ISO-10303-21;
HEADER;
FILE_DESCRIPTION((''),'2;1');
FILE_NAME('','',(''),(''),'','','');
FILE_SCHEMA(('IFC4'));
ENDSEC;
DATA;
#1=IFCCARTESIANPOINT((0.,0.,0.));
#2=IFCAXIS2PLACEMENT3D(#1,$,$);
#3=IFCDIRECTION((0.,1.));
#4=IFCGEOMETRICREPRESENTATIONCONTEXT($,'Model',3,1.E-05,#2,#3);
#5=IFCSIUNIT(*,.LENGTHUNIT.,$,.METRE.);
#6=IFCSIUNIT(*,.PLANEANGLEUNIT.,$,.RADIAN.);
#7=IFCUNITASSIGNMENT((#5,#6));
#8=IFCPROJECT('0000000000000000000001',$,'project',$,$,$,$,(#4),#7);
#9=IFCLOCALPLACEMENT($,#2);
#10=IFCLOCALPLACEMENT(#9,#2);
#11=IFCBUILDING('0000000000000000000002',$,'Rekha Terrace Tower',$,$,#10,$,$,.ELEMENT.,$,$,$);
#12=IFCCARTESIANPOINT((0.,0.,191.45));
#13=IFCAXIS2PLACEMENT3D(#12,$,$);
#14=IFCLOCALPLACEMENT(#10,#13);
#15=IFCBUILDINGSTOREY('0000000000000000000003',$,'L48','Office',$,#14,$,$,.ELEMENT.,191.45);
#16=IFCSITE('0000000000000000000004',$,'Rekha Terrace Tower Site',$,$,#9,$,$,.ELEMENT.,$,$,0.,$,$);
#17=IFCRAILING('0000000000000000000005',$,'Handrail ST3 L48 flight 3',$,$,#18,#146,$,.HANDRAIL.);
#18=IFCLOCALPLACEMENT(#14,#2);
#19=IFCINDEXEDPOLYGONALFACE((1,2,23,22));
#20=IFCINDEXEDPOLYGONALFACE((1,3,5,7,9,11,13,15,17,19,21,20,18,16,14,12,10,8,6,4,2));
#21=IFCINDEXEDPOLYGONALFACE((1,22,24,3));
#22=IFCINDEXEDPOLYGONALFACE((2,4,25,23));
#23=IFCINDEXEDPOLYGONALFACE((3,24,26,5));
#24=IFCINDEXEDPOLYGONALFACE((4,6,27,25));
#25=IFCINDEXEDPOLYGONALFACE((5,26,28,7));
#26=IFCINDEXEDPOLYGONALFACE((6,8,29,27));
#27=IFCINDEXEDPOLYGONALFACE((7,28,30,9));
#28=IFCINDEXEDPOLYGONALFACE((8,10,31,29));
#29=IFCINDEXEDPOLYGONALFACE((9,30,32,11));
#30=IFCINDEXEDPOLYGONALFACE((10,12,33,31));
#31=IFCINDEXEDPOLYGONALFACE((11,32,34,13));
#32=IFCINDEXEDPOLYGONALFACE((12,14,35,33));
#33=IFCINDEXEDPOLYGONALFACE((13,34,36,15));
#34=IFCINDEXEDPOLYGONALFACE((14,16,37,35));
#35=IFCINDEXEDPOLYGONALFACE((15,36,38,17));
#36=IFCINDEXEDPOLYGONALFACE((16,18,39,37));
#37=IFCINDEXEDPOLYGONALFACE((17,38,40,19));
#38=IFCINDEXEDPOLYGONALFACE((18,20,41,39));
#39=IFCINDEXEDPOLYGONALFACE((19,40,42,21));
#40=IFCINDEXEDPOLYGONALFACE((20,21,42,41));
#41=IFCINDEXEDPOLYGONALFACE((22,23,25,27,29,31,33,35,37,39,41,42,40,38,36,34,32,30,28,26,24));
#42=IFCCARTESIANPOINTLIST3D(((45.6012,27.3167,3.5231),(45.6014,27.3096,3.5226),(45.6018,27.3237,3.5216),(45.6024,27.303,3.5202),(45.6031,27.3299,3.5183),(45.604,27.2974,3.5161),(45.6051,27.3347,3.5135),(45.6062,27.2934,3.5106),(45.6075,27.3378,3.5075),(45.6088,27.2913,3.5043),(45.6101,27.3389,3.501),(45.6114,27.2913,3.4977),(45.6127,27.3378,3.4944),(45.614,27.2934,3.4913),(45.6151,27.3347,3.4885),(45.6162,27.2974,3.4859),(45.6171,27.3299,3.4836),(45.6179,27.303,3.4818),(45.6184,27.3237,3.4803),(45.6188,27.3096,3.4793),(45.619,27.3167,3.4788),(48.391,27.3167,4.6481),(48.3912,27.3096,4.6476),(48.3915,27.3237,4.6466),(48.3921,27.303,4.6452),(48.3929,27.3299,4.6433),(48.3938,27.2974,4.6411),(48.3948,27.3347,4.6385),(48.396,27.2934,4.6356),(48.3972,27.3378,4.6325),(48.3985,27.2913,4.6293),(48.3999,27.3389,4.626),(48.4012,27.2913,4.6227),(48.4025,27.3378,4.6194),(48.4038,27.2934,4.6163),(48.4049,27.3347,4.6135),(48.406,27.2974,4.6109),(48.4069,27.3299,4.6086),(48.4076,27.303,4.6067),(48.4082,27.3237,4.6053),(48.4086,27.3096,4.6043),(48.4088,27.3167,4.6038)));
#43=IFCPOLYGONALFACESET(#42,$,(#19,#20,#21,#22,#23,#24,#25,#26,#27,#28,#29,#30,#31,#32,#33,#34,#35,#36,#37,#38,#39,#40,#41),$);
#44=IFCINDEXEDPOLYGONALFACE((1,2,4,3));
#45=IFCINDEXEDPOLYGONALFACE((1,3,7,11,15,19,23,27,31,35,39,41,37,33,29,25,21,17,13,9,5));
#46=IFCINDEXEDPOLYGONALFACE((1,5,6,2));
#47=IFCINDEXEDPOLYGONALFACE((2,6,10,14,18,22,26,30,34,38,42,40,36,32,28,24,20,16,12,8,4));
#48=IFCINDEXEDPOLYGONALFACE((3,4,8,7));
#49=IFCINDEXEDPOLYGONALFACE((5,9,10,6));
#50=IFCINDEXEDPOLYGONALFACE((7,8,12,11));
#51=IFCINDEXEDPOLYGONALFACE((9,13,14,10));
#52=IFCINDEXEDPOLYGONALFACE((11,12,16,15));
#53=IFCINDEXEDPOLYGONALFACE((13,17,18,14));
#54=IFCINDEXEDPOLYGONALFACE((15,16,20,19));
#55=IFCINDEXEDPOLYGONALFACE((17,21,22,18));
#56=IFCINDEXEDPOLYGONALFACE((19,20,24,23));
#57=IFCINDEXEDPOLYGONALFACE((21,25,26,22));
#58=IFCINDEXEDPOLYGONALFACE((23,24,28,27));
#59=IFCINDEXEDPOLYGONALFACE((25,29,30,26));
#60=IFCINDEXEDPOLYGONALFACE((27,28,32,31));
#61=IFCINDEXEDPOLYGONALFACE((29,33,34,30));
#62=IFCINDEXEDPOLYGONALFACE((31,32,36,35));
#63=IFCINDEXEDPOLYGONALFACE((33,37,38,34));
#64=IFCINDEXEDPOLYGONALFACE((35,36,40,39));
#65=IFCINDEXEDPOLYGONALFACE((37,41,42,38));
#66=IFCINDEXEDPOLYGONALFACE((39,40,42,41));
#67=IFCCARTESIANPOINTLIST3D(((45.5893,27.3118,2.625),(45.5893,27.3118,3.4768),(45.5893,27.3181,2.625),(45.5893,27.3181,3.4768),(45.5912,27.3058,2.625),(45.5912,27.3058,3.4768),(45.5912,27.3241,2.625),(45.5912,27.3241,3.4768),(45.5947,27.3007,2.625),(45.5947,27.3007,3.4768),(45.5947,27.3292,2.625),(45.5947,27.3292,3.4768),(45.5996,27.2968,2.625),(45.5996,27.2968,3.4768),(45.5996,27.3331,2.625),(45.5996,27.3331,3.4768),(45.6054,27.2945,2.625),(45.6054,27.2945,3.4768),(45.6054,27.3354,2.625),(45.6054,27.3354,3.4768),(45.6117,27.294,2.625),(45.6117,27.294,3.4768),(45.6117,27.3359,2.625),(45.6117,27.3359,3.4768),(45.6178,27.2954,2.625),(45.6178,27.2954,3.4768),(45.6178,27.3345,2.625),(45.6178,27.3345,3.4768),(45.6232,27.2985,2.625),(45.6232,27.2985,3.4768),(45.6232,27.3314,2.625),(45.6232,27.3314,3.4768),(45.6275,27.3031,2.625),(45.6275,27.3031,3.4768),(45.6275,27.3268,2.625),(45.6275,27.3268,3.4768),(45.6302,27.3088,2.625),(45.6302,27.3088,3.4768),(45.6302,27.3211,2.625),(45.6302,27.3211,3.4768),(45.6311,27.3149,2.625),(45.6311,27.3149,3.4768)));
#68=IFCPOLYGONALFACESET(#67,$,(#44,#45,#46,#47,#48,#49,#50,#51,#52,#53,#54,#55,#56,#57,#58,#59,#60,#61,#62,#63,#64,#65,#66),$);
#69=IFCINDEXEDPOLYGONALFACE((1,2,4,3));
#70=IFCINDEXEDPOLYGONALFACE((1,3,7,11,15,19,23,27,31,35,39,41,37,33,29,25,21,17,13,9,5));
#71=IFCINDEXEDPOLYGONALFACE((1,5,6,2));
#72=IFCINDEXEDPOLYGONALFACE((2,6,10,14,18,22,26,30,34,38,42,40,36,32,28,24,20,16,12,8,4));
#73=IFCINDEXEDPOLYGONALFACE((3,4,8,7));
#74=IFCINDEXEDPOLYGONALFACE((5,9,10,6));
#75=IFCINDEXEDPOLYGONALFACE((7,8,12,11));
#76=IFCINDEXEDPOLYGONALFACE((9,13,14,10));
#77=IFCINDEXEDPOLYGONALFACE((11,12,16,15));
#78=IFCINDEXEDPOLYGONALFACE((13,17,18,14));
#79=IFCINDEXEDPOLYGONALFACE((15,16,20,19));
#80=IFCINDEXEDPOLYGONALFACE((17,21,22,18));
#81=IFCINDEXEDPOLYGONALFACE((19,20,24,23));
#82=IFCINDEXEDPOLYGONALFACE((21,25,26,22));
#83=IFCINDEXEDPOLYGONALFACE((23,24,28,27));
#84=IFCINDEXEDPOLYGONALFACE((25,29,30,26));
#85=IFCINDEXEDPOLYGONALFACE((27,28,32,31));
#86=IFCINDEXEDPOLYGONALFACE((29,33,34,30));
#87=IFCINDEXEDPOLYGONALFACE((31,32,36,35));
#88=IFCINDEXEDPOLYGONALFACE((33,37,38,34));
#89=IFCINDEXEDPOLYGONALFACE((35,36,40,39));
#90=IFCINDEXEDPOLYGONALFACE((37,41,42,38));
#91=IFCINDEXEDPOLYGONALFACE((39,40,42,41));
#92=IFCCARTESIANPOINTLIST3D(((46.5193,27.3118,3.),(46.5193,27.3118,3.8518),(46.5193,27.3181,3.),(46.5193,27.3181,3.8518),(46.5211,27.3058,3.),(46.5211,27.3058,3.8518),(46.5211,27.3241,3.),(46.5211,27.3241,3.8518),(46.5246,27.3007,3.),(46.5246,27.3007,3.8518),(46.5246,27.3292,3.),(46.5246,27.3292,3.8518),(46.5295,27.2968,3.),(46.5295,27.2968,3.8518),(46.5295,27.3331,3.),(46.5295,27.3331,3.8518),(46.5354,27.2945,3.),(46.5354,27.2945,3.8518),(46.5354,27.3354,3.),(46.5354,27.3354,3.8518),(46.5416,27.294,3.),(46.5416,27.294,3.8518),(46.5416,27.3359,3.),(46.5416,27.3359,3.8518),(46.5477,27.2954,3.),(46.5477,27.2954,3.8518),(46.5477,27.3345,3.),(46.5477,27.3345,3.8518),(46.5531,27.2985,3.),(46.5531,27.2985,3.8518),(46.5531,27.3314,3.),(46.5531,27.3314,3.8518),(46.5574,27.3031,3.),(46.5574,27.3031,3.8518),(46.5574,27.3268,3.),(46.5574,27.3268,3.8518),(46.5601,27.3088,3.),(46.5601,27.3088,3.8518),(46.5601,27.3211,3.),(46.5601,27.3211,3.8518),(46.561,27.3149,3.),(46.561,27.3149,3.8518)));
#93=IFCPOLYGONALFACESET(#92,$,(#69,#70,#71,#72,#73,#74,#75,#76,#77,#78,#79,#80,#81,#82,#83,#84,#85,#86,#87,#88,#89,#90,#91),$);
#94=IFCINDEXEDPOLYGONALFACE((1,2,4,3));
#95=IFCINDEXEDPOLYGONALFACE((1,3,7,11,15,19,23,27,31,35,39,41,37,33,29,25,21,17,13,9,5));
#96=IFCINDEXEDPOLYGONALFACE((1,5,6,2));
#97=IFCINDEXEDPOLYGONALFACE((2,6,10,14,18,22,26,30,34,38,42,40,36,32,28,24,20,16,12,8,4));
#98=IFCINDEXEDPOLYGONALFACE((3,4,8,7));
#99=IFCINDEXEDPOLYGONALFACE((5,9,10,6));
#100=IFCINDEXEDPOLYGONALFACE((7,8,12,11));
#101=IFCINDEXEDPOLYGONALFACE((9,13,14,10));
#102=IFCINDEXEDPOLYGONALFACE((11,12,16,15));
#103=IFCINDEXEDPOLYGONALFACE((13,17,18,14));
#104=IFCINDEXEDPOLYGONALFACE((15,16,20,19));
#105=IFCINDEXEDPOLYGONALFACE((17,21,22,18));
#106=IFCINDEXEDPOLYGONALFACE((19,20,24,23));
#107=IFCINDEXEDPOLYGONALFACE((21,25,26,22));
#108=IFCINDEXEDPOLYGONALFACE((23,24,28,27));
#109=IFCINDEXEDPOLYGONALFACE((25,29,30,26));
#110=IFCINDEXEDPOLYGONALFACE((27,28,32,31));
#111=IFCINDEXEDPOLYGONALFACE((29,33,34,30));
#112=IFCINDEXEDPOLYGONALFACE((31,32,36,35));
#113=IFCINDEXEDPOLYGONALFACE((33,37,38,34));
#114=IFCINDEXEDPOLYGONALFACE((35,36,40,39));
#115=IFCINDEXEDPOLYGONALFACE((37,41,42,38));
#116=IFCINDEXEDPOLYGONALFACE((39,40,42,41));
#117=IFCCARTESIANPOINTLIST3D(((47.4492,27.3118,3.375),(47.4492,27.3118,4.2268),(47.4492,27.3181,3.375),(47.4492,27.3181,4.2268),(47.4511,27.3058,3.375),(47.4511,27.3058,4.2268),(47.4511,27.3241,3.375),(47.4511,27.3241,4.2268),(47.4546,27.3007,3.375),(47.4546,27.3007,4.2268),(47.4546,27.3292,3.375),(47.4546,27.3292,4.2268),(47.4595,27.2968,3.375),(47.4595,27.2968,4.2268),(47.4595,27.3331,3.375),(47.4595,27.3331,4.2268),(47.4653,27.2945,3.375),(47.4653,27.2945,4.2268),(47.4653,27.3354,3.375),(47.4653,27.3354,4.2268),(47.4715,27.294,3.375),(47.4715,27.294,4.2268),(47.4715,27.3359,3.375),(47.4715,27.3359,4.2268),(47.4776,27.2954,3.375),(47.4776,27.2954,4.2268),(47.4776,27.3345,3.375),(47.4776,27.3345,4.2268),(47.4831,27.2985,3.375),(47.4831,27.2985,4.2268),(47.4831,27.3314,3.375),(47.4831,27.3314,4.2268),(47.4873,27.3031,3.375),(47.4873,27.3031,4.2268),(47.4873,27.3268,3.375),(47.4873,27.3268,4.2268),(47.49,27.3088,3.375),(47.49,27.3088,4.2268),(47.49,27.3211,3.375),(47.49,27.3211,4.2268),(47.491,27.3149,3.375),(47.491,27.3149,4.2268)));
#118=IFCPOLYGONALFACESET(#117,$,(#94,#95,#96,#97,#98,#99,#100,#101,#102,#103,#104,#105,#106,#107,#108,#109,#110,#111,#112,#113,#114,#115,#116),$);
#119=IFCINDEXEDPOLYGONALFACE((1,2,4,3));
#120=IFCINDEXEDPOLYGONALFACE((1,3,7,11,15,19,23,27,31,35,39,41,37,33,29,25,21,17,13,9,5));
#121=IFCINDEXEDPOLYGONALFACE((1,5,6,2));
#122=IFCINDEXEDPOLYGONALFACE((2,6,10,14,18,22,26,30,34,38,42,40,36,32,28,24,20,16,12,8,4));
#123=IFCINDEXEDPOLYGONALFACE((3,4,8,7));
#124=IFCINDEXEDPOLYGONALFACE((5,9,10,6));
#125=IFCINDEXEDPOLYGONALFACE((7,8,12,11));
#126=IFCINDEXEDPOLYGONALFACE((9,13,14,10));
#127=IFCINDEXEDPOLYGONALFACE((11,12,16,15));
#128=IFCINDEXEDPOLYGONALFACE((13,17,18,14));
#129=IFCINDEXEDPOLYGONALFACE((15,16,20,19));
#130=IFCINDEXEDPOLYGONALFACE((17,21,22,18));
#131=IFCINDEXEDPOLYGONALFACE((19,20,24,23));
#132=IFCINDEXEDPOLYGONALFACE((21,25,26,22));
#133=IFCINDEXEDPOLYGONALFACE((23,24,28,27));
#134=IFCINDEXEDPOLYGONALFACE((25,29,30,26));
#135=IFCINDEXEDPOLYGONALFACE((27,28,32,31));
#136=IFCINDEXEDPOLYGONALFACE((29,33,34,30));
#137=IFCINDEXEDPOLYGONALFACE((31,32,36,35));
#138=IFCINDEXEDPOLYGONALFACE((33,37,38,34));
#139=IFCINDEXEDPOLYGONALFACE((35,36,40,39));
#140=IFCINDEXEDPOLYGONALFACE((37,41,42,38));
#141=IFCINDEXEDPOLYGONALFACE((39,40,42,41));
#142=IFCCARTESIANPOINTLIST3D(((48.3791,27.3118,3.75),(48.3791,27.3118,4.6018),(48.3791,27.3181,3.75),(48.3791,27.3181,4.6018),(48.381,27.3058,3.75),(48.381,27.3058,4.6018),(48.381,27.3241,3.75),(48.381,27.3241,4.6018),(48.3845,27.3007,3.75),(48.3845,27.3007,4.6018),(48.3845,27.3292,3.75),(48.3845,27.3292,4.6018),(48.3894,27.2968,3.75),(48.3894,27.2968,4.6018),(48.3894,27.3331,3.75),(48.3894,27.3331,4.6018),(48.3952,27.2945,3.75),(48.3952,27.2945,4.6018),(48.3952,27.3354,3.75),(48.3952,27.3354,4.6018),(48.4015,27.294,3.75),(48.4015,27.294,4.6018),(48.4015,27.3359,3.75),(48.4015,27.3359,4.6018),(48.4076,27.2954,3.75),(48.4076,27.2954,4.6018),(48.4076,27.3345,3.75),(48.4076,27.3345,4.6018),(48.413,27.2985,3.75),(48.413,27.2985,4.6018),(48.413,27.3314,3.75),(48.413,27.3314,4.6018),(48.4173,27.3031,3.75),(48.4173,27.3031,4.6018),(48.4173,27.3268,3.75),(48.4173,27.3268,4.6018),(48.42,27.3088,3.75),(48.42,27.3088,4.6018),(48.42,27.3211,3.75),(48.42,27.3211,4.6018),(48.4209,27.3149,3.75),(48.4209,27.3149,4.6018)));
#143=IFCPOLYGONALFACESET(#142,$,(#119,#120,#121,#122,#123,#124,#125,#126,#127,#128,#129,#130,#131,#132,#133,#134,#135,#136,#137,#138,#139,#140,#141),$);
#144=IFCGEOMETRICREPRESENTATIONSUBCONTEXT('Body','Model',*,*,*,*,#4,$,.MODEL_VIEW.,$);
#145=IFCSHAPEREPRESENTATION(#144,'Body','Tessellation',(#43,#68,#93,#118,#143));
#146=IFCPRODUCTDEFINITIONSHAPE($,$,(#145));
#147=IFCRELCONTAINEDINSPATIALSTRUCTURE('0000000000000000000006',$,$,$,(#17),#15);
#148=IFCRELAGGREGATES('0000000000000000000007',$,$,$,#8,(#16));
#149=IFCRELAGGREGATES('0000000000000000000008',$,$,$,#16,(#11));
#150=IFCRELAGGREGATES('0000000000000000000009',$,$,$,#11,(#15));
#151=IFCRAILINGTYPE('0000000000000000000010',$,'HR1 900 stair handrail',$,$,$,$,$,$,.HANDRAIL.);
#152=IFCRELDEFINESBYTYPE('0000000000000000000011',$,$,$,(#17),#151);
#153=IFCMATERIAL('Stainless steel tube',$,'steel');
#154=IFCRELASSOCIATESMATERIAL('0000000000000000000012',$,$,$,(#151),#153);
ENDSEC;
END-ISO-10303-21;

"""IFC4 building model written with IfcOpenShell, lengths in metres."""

from ifc_helpers import new_model, si_unit, direction, frame, origin, origin_2d, place, context, subcontext, project, spatial, circle, extrude, material, type_object, element, save


model = new_model("IFC4")

# Units and contexts
model_context = context("Model", 3, precision=1e-05, world=origin(), true_north=direction((0.0, 1.0)))
body_context = subcontext(model_context, "Body", "Model", "MODEL_VIEW")
ifc_project = project(units=[si_unit("LENGTHUNIT", "METRE"), si_unit("PLANEANGLEUNIT", "RADIAN")], contexts=[model_context])

# Site, building, storey
site_placement = place(None, origin())
site = spatial("IfcSite", under=ifc_project, at=site_placement, Name="Rekha Terrace Tower Site", CompositionType="ELEMENT", RefElevation=0.0)
building_placement = place(site_placement, origin())
building = spatial("IfcBuilding", under=site, at=building_placement, Name="Rekha Terrace Tower", CompositionType="ELEMENT")
storey_placement = place(building_placement, frame((0.0, 0.0, 191.45)))
storey = spatial("IfcBuildingStorey", under=building, at=storey_placement, Name="L48", Description="Office", CompositionType="ELEMENT", Elevation=191.45)

# Railing
ifc_material_1 = material(Name="Stainless steel tube", Category="steel")
railing_type_1 = type_object("IfcRailingType", Name="HR1 900 stair handrail", PredefinedType="HANDRAIL", material=ifc_material_1)
railing_1_placement = place(storey_placement, frame((45.6101, 27.3149, 2.625)))
element("IfcRailing", 1, at=railing_1_placement, inside=storey, type_object=railing_type_1, Name="Handrail ST3 L48 flight 3", PredefinedType="HANDRAIL", context=body_context, shape_type="SweptSolid", body=[
    extrude(circle(Radius=0.0239, at=origin_2d()), frame((0.0, 0.0, 0.876), z_axis=(0.927432, 0.0, 0.373992), x_axis=(0.0, 1.0, 0.0)), (0.0, 0.0, 1.0), 3.0081),
    extrude(circle(Radius=0.021, at=origin_2d()), origin(), (0.0, 0.0, 1.0), 0.8518),
    extrude(circle(Radius=0.021, at=origin_2d()), frame((0.9299, 0.0, 0.375)), (0.0, 0.0, 1.0), 0.8518),
    extrude(circle(Radius=0.021, at=origin_2d()), frame((1.8599, 0.0, 0.75)), (0.0, 0.0, 1.0), 0.8518),
    extrude(circle(Radius=0.021, at=origin_2d()), frame((2.7898, 0.0, 1.125)), (0.0, 0.0, 1.0), 0.8518),
])

save(model, "model.ifc")
